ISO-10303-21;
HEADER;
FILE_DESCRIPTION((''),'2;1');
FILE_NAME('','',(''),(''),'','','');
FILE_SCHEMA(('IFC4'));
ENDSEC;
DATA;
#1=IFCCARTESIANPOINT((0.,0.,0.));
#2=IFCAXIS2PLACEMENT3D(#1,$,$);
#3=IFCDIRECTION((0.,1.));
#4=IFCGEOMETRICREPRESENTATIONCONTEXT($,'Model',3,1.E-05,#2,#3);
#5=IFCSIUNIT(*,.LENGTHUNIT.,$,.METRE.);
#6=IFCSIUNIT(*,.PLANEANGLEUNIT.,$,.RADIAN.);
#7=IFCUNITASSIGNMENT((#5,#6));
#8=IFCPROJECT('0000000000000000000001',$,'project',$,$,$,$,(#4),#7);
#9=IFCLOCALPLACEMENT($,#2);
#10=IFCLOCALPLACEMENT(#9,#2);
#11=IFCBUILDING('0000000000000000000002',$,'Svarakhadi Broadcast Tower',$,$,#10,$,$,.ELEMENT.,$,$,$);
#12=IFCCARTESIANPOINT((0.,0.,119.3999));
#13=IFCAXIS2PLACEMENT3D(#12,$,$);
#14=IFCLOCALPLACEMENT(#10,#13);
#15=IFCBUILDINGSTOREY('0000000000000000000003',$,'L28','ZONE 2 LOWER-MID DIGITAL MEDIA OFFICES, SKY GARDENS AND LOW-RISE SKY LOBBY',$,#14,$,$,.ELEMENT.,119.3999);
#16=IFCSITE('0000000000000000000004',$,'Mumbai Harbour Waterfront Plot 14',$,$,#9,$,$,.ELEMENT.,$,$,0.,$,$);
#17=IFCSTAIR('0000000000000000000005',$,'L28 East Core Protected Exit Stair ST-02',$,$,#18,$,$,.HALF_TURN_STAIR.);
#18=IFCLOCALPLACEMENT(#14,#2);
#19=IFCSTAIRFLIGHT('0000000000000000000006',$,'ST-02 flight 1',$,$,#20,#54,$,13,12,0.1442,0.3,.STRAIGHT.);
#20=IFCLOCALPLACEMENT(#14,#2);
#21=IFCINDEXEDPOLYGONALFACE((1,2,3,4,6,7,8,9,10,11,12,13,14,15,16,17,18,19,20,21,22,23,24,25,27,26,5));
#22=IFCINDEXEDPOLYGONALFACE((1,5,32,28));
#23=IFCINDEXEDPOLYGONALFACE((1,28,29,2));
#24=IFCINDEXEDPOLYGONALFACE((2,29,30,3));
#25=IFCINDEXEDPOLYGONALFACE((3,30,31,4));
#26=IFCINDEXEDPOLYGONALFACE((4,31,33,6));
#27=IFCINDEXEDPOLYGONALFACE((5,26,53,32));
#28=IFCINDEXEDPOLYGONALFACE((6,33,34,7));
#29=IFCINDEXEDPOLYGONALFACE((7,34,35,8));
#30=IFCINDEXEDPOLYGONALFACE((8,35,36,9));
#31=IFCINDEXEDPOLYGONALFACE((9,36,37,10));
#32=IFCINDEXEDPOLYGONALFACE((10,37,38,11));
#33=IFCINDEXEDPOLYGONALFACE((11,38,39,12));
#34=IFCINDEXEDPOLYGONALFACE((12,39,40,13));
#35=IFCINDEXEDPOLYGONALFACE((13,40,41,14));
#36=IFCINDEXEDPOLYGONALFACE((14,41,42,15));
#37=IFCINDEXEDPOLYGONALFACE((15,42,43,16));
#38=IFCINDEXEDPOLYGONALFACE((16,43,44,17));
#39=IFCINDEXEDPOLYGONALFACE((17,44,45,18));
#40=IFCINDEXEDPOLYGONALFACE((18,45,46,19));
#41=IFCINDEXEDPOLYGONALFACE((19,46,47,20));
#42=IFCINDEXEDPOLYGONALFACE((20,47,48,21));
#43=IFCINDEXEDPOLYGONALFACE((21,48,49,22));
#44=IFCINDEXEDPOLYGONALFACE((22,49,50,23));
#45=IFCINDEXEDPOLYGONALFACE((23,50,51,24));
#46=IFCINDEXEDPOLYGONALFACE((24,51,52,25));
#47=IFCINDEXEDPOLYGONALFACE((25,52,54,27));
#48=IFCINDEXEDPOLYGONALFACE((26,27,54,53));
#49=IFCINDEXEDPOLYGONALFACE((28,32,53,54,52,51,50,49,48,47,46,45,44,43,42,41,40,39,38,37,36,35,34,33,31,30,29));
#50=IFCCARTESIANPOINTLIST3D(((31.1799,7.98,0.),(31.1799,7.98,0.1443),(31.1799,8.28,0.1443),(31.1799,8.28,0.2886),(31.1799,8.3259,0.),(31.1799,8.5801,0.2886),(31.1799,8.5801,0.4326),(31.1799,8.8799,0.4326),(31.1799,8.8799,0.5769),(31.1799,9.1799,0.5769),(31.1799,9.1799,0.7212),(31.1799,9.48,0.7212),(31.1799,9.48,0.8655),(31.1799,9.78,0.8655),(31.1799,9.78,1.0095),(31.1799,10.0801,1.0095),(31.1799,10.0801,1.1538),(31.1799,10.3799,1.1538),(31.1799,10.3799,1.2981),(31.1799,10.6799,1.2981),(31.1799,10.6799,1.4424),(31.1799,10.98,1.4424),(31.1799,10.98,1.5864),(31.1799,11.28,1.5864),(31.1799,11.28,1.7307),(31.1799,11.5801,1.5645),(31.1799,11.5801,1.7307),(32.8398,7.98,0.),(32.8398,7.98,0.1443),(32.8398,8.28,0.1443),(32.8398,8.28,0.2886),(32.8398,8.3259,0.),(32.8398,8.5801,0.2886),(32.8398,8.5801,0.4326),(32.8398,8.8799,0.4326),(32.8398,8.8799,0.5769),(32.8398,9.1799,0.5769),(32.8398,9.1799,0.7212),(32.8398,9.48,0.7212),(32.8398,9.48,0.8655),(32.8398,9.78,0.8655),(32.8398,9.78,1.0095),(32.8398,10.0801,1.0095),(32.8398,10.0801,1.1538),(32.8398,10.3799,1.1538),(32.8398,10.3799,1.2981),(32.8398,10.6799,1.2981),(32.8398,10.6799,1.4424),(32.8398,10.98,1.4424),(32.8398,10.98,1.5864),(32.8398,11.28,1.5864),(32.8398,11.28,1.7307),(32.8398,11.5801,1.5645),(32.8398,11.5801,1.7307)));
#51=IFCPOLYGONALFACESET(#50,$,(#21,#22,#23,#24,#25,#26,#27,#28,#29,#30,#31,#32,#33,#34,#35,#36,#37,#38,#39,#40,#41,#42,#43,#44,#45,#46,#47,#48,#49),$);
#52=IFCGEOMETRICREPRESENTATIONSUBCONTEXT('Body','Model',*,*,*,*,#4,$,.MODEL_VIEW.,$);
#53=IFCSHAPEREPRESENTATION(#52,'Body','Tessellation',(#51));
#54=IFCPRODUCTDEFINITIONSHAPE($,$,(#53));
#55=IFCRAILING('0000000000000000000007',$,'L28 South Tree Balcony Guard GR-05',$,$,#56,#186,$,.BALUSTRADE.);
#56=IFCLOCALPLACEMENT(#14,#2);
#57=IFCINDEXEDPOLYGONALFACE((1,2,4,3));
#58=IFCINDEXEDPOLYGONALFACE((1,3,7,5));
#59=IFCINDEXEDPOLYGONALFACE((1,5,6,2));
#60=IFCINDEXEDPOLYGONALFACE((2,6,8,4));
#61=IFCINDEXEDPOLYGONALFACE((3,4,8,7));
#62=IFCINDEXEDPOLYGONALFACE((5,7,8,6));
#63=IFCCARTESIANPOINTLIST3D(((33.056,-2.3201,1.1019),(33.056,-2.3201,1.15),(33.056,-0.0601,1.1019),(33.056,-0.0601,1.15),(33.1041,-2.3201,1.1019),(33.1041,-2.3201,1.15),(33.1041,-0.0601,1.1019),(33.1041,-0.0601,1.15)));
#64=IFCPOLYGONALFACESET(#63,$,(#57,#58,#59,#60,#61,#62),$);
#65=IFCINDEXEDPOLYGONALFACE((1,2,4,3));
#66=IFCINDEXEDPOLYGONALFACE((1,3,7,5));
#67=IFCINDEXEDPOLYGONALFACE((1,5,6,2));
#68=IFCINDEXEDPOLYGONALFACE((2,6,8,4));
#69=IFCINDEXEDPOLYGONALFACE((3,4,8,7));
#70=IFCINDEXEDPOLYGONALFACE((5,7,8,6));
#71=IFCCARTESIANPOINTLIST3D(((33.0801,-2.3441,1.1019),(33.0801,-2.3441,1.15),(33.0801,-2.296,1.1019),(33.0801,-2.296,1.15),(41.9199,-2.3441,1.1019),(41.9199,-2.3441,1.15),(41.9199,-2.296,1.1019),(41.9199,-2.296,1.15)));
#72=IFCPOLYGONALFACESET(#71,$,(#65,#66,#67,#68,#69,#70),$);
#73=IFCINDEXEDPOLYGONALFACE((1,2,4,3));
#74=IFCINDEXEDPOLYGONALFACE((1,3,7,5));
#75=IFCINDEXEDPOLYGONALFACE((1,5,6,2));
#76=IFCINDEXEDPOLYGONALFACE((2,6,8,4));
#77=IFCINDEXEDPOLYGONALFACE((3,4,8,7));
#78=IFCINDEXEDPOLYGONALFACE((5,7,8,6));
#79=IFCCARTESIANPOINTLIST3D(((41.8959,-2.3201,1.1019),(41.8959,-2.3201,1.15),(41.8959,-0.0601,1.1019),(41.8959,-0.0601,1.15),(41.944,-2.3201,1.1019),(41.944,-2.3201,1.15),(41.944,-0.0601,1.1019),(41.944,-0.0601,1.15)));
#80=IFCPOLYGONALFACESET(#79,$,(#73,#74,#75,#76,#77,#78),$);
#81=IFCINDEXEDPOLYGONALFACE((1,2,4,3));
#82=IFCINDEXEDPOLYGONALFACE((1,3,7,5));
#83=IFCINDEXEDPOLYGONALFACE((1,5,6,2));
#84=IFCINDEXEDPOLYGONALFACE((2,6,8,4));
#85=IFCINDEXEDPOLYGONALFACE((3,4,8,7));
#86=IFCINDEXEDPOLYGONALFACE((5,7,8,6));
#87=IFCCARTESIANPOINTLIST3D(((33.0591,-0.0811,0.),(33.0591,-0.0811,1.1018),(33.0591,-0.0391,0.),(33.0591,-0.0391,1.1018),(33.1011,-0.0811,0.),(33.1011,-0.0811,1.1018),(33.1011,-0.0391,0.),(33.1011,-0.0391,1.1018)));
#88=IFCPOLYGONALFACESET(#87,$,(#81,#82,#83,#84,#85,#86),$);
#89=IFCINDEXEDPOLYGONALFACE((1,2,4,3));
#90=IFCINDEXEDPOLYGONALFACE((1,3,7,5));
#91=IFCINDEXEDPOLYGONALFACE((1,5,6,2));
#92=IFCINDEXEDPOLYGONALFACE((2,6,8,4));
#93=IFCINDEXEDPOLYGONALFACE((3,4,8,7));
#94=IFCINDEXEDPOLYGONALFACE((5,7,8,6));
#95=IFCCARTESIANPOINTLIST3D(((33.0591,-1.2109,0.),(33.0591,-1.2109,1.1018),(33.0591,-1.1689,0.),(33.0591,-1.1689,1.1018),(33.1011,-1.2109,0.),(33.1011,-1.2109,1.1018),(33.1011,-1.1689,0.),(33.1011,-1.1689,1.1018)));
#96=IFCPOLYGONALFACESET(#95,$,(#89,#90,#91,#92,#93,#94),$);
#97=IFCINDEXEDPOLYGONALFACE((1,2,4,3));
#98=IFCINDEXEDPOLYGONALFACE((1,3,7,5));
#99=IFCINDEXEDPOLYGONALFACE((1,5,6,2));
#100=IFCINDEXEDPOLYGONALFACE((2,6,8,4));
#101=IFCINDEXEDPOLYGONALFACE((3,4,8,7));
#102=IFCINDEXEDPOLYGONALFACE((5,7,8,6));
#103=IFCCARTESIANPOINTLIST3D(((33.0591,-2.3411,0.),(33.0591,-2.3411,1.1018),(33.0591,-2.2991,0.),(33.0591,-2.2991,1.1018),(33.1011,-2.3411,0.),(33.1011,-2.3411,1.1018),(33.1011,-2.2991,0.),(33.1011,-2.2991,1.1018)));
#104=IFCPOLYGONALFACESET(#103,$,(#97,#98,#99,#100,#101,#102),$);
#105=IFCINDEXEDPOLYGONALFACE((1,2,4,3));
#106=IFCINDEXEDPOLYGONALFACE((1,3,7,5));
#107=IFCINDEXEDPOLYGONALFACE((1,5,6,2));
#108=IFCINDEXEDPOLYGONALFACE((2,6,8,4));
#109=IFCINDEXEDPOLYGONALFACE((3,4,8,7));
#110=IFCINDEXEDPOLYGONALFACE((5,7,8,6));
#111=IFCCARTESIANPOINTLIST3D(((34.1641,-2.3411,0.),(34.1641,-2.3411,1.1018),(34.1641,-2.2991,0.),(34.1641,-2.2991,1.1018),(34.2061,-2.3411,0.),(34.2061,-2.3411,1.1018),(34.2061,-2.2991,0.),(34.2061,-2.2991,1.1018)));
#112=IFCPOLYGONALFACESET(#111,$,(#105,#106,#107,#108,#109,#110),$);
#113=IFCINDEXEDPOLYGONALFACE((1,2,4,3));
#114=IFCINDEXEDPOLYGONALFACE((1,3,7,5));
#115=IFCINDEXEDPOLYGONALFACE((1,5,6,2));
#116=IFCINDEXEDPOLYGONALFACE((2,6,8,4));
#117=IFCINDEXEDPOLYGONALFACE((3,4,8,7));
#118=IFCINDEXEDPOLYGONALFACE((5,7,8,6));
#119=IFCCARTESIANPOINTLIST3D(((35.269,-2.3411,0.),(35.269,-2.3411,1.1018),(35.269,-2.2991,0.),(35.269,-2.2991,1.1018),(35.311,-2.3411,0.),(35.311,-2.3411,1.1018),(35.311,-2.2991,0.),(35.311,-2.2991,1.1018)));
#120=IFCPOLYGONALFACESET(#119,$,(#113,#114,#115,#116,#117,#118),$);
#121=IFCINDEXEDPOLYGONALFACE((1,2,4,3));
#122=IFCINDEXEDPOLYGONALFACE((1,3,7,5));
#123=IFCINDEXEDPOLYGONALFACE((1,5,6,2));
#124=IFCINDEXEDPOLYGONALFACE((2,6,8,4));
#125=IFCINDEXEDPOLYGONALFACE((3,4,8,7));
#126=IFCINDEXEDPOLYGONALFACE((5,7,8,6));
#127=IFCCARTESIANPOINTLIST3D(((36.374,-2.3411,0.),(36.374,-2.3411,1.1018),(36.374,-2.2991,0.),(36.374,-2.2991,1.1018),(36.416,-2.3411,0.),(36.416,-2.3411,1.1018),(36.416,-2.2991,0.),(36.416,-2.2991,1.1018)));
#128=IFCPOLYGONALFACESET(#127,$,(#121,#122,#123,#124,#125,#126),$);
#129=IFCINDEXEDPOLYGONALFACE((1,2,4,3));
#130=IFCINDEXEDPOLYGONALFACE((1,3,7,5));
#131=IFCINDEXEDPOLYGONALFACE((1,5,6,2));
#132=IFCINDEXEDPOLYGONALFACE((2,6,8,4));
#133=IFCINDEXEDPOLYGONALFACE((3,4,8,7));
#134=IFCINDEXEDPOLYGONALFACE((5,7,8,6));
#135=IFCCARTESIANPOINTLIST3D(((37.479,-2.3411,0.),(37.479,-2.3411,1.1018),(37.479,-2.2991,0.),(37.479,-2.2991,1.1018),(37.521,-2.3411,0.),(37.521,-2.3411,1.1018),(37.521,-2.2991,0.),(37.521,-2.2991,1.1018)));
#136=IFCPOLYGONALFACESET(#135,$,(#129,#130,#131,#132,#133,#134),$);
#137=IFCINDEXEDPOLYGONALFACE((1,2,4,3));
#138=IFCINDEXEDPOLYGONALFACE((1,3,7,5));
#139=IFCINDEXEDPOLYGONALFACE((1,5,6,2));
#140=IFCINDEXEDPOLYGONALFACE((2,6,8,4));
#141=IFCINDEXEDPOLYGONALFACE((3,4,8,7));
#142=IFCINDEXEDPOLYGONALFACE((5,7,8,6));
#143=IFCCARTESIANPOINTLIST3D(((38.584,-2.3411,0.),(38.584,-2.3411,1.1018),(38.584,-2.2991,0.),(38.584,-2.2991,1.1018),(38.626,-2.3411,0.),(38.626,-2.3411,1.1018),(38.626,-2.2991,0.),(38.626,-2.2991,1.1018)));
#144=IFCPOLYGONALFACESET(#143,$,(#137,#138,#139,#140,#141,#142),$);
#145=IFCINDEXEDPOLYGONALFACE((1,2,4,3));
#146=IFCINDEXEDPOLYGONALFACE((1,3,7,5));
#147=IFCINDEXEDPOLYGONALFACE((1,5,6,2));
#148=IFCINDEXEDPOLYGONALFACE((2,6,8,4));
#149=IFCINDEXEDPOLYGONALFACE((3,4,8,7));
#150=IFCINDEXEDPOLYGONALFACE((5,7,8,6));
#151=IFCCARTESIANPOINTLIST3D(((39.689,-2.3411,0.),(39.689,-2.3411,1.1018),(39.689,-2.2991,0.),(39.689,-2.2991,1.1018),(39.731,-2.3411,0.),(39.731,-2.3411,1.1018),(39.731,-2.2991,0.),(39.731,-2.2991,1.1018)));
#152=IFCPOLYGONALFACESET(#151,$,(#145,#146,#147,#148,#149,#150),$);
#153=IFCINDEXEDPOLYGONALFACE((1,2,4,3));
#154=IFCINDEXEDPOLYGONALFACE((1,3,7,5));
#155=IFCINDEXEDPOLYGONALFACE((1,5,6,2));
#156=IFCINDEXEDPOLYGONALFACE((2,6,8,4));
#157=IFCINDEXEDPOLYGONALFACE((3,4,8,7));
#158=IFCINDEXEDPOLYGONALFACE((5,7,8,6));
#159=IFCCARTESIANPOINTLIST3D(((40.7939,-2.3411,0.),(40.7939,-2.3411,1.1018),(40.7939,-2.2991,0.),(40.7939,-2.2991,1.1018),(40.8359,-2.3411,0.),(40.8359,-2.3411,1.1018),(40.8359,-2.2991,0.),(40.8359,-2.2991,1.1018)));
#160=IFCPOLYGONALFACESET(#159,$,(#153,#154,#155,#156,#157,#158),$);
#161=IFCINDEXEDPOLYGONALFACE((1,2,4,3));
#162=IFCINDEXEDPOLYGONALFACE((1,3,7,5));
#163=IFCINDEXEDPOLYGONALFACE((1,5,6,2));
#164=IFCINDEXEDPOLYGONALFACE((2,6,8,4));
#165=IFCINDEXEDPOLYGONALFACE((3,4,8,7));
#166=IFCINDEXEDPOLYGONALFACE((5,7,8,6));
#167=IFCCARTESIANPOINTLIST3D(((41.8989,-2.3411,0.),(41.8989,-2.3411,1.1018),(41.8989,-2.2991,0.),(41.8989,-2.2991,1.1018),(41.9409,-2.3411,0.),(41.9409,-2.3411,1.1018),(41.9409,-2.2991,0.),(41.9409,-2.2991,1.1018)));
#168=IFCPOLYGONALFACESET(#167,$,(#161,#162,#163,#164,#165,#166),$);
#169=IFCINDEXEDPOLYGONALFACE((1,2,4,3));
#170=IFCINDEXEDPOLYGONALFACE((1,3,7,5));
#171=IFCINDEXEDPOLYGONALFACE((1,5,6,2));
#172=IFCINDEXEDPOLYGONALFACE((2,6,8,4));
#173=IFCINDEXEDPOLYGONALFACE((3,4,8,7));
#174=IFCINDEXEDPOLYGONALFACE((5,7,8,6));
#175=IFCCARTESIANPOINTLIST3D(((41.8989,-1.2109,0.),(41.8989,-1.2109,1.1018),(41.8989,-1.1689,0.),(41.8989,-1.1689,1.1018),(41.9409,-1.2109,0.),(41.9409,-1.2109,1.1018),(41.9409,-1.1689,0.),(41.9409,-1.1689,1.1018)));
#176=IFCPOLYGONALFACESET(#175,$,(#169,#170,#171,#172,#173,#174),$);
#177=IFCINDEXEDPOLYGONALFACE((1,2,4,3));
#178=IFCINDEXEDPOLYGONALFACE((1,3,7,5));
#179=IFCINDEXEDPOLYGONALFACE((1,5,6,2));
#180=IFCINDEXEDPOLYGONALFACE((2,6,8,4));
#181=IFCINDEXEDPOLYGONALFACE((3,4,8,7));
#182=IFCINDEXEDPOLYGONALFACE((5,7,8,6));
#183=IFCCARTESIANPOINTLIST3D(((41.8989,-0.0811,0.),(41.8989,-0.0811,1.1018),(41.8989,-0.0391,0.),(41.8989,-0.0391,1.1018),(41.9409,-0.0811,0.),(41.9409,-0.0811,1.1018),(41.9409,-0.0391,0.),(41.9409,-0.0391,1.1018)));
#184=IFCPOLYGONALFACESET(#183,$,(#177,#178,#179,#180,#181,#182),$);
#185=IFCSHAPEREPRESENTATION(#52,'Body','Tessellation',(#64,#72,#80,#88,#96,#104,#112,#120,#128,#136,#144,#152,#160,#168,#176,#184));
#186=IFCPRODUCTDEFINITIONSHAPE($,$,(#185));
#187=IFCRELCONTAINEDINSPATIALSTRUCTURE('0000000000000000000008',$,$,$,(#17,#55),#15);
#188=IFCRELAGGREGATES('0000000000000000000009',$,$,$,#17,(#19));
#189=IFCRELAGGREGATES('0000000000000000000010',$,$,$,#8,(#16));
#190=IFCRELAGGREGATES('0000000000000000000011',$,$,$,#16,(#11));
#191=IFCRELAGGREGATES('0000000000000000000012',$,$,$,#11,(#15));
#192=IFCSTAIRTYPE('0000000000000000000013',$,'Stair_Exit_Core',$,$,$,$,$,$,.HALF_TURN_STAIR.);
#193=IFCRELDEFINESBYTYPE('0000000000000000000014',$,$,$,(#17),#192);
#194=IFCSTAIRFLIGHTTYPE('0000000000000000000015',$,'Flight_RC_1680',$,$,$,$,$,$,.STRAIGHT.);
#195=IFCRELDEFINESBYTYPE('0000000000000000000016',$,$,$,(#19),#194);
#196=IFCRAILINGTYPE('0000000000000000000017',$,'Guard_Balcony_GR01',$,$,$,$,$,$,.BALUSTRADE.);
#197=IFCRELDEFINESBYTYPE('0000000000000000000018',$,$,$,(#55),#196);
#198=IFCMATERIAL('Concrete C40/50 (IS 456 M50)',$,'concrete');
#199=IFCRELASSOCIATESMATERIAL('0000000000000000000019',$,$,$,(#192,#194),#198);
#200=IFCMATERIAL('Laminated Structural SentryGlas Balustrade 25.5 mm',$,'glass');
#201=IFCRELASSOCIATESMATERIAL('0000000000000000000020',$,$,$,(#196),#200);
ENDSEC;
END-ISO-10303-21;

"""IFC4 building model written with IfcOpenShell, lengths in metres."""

from ifc_helpers import new_model, si_unit, direction, frame, origin, origin_2d, place, context, subcontext, project, spatial, polyline, rectangle, outline, extrude, material, type_object, element, aggregate, save


model = new_model("IFC4")

# Units and contexts
model_context = context("Model", 3, precision=1e-05, world=origin(), true_north=direction((0.0, 1.0)))
body_context = subcontext(model_context, "Body", "Model", "MODEL_VIEW")
ifc_project = project(units=[si_unit("LENGTHUNIT", "METRE"), si_unit("PLANEANGLEUNIT", "RADIAN")], contexts=[model_context])

# Site, building, storey
site_placement = place(None, origin())
site = spatial("IfcSite", under=ifc_project, at=site_placement, Name="Mumbai Harbour Waterfront Plot 14", CompositionType="ELEMENT", RefElevation=0.0)
building_placement = place(site_placement, origin())
building = spatial("IfcBuilding", under=site, at=building_placement, Name="Svarakhadi Broadcast Tower", CompositionType="ELEMENT")
storey_placement = place(building_placement, frame((0.0, 0.0, 119.3999)))
storey = spatial("IfcBuildingStorey", under=building, at=storey_placement, Name="L28", Description="ZONE 2 LOWER-MID DIGITAL MEDIA OFFICES, SKY GARDENS AND LOW-RISE SKY LOBBY", CompositionType="ELEMENT", Elevation=119.3999)

# Shared definitions
ifc_material_1 = material(Name="Concrete C40/50 (IS 456 M50)", Category="concrete")

# Stair, stair flight
stair_type = type_object("IfcStairType", Name="Stair_Exit_Core", PredefinedType="HALF_TURN_STAIR", material=ifc_material_1)
stair_placement = place(storey_placement, origin())
stair = element("IfcStair", 1, at=stair_placement, inside=storey, type_object=stair_type, Name="L28 East Core Protected Exit Stair ST-02", PredefinedType="HALF_TURN_STAIR")
stair_flight_type = type_object("IfcStairFlightType", Name="Flight_RC_1680", PredefinedType="STRAIGHT", material=ifc_material_1)
stair_flight_placement = place(storey_placement, frame((32.01, 7.98, 0.0), z_axis=(0.0, 0.0, 1.0), x_axis=(0.0, 1.0, 0.0)))
stair_flight = element("IfcStairFlight", 2, at=stair_flight_placement, type_object=stair_flight_type, Name="ST-02 flight 1", NumberOfRisers=13, NumberOfTreads=12, PredefinedType="STRAIGHT", RiserHeight=0.1442, TreadLength=0.3, context=body_context, shape_type="SweptSolid", body=[
    extrude(outline(polyline([(0.0, 0.0), (0.0, 0.1443), (0.3, 0.1443), (0.3, 0.2886), (0.6001, 0.2886), (0.6001, 0.4326), (0.8999, 0.4326), (0.8999, 0.5769), (1.2, 0.5769), (1.2, 0.7212), (1.5, 0.7212), (1.5, 0.8655), (1.8, 0.8655), (1.8, 1.0095), (2.1001, 1.0095), (2.1001, 1.1538), (2.3999, 1.1538), (2.3999, 1.2981), (2.7, 1.2981), (2.7, 1.4424), (3.0, 1.4424), (3.0, 1.5864), (3.3, 1.5864), (3.3, 1.7307), (3.6001, 1.7307), (3.6001, 1.875), (3.6001, 1.5645), (0.3459, 0.0), (0.0, 0.0)])), frame((0.0, 0.8301, 0.0), z_axis=(0.0, -1.0, 0.0), x_axis=(1.0, 0.0, 0.0)), (0.0, 0.0, 1.0), 1.6599),
])
aggregate(stair, [stair_flight])

# Railing
ifc_material_2 = material(Name="Laminated Structural SentryGlas Balustrade 25.5 mm", Category="glass")
railing_type_1 = type_object("IfcRailingType", Name="Guard_Balcony_GR01", PredefinedType="BALUSTRADE", material=ifc_material_2)
railing_1_placement = place(storey_placement, frame((33.0801, -0.0601, 0.0)))
element("IfcRailing", 3, at=railing_1_placement, inside=storey, type_object=railing_type_1, Name="L28 South Tree Balcony Guard GR-05", PredefinedType="BALUSTRADE", context=body_context, shape_type="SweptSolid", body=[
    extrude(rectangle(XDim=0.0481, YDim=0.0481, at=origin_2d()), frame((0.0, 0.0, 1.126), z_axis=(0.0, -1.0, 0.0), x_axis=(1.0, 0.0, 0.0)), (0.0, 0.0, 1.0), 2.26),
    extrude(rectangle(XDim=0.0481, YDim=0.0481, at=origin_2d()), frame((0.0, -2.26, 1.126), z_axis=(1.0, 0.0, 0.0), x_axis=(0.0, 1.0, 0.0)), (0.0, 0.0, 1.0), 8.8398),
    extrude(rectangle(XDim=0.0481, YDim=0.0481, at=origin_2d()), frame((8.8398, -2.26, 1.126), z_axis=(0.0, 1.0, 0.0), x_axis=(-1.0, 0.0, 0.0)), (0.0, 0.0, 1.0), 2.26),
    extrude(rectangle(XDim=0.042, YDim=0.042, at=origin_2d()), origin(), (0.0, 0.0, 1.0), 1.1018),
    extrude(rectangle(XDim=0.042, YDim=0.042, at=origin_2d()), frame((0.0, -1.1299, 0.0)), (0.0, 0.0, 1.0), 1.1018),
    extrude(rectangle(XDim=0.042, YDim=0.042, at=origin_2d()), frame((0.0, -2.26, 0.0)), (0.0, 0.0, 1.0), 1.1018),
    extrude(rectangle(XDim=0.042, YDim=0.042, at=origin_2d()), frame((1.105, -2.26, 0.0)), (0.0, 0.0, 1.0), 1.1018),
    extrude(rectangle(XDim=0.042, YDim=0.042, at=origin_2d()), frame((2.21, -2.26, 0.0)), (0.0, 0.0, 1.0), 1.1018),
    extrude(rectangle(XDim=0.042, YDim=0.042, at=origin_2d()), frame((3.3149, -2.26, 0.0)), (0.0, 0.0, 1.0), 1.1018),
    extrude(rectangle(XDim=0.042, YDim=0.042, at=origin_2d()), frame((4.4199, -2.26, 0.0)), (0.0, 0.0, 1.0), 1.1018),
    extrude(rectangle(XDim=0.042, YDim=0.042, at=origin_2d()), frame((5.5249, -2.26, 0.0)), (0.0, 0.0, 1.0), 1.1018),
    extrude(rectangle(XDim=0.042, YDim=0.042, at=origin_2d()), frame((6.6299, -2.26, 0.0)), (0.0, 0.0, 1.0), 1.1018),
    extrude(rectangle(XDim=0.042, YDim=0.042, at=origin_2d()), frame((7.7349, -2.26, 0.0)), (0.0, 0.0, 1.0), 1.1018),
    extrude(rectangle(XDim=0.042, YDim=0.042, at=origin_2d()), frame((8.8398, -2.26, 0.0)), (0.0, 0.0, 1.0), 1.1018),
    extrude(rectangle(XDim=0.042, YDim=0.042, at=origin_2d()), frame((8.8398, -1.1299, 0.0)), (0.0, 0.0, 1.0), 1.1018),
    extrude(rectangle(XDim=0.042, YDim=0.042, at=origin_2d()), frame((8.8398, 0.0, 0.0)), (0.0, 0.0, 1.0), 1.1018),
])

save(model, "model.ifc")
